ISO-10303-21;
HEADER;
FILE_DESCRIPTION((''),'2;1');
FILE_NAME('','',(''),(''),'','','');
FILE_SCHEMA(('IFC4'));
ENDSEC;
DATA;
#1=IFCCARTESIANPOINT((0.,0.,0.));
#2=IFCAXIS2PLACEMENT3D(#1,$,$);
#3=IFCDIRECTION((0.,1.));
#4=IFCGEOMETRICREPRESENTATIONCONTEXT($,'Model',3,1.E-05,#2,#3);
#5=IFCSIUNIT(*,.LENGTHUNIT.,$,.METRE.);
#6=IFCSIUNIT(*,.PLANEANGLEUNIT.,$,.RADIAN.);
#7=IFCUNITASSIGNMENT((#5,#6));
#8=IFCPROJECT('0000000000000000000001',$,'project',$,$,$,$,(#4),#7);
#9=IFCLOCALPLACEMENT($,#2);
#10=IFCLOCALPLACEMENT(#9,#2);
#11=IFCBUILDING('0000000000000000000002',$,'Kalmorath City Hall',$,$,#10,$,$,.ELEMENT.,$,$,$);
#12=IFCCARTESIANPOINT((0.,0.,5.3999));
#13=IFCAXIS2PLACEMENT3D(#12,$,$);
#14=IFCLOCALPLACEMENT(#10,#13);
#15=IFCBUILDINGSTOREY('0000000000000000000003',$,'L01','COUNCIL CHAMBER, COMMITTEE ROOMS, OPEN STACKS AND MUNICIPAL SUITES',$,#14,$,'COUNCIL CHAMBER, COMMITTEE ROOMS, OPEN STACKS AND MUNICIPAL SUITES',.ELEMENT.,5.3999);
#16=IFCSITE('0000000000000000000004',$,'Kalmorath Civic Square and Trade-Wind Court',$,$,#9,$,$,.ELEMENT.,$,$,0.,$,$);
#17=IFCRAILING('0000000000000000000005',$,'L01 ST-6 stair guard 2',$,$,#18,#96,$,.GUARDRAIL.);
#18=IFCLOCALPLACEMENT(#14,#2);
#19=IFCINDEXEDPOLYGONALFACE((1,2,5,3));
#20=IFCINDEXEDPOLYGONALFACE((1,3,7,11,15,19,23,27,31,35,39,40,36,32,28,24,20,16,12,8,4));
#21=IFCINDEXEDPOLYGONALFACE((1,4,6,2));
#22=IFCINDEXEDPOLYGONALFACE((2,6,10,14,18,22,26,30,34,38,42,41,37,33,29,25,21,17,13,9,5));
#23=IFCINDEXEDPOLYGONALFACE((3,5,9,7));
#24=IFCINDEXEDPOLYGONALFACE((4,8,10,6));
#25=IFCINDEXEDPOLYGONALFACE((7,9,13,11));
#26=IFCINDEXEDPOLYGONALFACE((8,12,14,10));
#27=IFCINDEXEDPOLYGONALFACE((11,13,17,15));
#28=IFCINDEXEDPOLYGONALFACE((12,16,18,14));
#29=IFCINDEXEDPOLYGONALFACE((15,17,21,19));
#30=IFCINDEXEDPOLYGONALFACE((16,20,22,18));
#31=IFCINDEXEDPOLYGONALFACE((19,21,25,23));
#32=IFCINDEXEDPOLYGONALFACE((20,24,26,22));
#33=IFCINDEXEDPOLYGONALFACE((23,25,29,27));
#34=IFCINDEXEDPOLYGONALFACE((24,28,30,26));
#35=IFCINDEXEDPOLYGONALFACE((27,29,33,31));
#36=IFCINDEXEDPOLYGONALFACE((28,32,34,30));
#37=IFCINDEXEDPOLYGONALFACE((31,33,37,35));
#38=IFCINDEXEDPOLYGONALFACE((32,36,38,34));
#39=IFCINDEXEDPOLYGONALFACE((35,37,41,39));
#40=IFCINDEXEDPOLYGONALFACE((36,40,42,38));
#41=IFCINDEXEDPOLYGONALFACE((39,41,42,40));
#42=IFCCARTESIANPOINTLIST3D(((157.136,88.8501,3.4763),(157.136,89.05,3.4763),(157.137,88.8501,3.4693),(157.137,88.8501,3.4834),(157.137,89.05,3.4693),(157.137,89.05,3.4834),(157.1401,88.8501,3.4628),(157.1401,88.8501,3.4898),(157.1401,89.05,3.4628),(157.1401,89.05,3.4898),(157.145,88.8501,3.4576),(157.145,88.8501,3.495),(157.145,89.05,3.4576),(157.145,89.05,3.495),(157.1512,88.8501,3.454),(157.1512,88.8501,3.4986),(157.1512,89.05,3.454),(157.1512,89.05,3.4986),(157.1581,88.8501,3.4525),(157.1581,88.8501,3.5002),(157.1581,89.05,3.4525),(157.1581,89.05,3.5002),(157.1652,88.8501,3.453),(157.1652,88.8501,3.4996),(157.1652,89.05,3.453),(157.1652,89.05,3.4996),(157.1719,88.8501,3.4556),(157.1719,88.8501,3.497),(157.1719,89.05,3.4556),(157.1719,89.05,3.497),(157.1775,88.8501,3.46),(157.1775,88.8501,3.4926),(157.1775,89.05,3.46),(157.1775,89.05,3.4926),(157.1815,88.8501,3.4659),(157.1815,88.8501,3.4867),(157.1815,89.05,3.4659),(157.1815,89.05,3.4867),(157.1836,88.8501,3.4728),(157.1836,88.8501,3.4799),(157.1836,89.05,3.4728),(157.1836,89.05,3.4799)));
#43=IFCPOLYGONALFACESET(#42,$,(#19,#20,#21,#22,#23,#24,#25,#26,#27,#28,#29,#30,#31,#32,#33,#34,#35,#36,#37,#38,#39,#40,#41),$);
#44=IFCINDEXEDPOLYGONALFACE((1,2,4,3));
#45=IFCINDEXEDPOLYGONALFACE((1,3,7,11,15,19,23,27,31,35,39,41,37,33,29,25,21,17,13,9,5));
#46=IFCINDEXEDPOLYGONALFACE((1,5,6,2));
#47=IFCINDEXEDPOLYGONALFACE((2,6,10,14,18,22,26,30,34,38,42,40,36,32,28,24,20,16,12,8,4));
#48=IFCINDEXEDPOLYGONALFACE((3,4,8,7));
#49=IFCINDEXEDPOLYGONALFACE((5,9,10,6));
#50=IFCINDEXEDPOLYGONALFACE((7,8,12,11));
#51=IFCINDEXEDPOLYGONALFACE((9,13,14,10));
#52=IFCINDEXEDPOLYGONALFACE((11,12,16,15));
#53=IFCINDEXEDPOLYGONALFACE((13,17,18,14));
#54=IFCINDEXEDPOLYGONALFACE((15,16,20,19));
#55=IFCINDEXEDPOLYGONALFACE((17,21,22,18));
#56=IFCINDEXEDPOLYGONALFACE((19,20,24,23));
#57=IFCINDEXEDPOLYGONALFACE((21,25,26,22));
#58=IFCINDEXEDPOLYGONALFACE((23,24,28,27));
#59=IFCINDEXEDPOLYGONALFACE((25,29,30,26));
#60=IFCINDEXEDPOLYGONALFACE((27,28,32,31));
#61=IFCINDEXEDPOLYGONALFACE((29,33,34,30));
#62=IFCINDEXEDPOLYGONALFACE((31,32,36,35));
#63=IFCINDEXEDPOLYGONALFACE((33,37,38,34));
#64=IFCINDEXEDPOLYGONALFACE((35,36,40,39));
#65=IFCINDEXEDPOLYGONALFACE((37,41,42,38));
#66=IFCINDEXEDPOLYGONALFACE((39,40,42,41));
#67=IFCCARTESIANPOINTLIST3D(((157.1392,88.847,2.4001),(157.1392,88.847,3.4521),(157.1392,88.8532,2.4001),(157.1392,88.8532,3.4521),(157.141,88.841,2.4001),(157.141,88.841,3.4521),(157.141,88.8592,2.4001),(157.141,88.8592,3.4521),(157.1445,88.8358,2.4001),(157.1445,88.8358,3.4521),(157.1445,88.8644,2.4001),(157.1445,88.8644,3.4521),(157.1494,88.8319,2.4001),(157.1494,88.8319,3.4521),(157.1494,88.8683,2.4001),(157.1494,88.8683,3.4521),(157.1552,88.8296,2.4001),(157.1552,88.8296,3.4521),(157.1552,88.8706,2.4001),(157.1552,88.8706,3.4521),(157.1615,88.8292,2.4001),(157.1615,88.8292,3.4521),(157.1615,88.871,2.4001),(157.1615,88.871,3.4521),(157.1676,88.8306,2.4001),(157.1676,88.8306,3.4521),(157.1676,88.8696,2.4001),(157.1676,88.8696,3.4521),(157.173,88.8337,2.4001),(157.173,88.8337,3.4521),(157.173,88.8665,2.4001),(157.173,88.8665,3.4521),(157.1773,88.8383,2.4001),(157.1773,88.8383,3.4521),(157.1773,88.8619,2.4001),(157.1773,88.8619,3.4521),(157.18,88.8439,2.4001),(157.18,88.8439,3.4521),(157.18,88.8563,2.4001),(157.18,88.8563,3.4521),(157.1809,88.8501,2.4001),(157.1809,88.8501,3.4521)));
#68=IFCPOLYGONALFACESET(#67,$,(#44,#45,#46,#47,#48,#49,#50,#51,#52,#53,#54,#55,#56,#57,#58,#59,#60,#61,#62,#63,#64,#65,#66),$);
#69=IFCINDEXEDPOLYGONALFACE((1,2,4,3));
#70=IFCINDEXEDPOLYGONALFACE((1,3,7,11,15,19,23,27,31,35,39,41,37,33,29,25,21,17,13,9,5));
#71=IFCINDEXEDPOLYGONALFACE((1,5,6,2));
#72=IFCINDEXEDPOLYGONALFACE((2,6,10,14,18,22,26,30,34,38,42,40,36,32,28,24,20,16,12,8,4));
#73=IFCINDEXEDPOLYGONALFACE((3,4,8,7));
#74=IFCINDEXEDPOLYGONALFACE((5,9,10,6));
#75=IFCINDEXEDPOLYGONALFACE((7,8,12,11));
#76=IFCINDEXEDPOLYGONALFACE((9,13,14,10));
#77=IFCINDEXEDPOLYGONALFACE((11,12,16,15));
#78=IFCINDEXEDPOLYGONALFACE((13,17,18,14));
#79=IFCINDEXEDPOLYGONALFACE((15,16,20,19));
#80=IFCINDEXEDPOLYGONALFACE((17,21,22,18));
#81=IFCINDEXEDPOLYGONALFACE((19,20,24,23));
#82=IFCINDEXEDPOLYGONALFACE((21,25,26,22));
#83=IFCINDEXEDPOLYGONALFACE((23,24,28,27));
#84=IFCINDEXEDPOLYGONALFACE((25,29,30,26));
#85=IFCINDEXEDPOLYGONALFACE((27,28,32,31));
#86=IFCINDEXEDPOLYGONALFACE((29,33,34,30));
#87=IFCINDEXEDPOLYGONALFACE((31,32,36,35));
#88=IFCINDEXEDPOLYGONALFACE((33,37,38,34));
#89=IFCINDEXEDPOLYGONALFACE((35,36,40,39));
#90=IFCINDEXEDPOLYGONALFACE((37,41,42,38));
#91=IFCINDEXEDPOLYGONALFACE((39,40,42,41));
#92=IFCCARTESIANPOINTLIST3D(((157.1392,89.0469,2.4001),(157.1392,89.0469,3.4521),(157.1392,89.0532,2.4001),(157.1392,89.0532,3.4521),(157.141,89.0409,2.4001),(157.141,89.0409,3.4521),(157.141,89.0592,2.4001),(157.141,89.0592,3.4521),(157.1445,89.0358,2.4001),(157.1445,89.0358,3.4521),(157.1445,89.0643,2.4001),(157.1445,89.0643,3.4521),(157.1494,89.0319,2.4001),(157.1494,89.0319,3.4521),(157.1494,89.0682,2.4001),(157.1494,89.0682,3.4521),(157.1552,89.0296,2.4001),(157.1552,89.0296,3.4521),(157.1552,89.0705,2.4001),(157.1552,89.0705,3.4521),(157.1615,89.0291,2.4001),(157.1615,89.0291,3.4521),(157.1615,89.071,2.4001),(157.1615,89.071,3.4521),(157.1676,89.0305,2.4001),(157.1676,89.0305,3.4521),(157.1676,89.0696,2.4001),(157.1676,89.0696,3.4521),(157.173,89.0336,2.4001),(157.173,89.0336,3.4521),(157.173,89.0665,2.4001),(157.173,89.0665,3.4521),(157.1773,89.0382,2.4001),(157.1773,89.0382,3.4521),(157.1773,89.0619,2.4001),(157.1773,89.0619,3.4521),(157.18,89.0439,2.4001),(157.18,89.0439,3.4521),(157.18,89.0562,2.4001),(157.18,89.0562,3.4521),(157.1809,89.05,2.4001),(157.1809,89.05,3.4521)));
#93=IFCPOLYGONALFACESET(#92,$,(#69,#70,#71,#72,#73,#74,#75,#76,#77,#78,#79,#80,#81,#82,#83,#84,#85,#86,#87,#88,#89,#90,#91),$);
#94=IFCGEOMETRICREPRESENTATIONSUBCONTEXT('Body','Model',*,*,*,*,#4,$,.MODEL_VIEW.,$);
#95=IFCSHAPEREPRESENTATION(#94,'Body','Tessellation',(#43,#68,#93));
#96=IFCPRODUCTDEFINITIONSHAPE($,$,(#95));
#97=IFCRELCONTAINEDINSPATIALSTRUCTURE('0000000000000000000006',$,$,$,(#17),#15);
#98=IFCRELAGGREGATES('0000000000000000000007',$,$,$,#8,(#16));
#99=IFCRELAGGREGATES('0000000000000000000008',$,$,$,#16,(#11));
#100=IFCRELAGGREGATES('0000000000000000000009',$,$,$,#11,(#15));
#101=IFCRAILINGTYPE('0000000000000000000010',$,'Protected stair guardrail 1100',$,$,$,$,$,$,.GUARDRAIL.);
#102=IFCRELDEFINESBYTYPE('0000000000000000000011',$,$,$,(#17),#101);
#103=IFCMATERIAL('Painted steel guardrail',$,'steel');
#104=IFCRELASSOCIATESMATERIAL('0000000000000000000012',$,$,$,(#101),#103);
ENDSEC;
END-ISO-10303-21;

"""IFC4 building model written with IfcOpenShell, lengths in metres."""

from ifc_helpers import new_model, si_unit, direction, frame, origin, origin_2d, place, context, subcontext, project, spatial, circle, extrude, material, type_object, element, save


model = new_model("IFC4")

# Units and contexts
model_context = context("Model", 3, precision=1e-05, world=origin(), true_north=direction((0.0, 1.0)))
body_context = subcontext(model_context, "Body", "Model", "MODEL_VIEW")
ifc_project = project(units=[si_unit("LENGTHUNIT", "METRE"), si_unit("PLANEANGLEUNIT", "RADIAN")], contexts=[model_context])

# Site, building, storey
site_placement = place(None, origin())
site = spatial("IfcSite", under=ifc_project, at=site_placement, Name="Kalmorath Civic Square and Trade-Wind Court", CompositionType="ELEMENT", RefElevation=0.0)
building_placement = place(site_placement, origin())
building = spatial("IfcBuilding", under=site, at=building_placement, Name="Kalmorath City Hall", CompositionType="ELEMENT")
storey_placement = place(building_placement, frame((0.0, 0.0, 5.3999)))
storey = spatial("IfcBuildingStorey", under=building, at=storey_placement, Name="L01", Description="COUNCIL CHAMBER, COMMITTEE ROOMS, OPEN STACKS AND MUNICIPAL SUITES", LongName="COUNCIL CHAMBER, COMMITTEE ROOMS, OPEN STACKS AND MUNICIPAL SUITES", CompositionType="ELEMENT", Elevation=5.3999)

# Railing
ifc_material_1 = material(Name="Painted steel guardrail", Category="steel")
railing_type_1 = type_object("IfcRailingType", Name="Protected stair guardrail 1100", PredefinedType="GUARDRAIL", material=ifc_material_1)
railing_1_placement = place(storey_placement, frame((157.1599, 88.8501, 2.4001)))
element("IfcRailing", 1, at=railing_1_placement, inside=storey, type_object=railing_type_1, Name="L01 ST-6 stair guard 2", PredefinedType="GUARDRAIL", context=body_context, shape_type="SweptSolid", body=[
    extrude(circle(Radius=0.0239, at=origin_2d()), frame((0.0, 0.0, 1.0762), z_axis=(0.0, 1.0, 0.0), x_axis=(-1.0, 0.0, 0.0)), (0.0, 0.0, 1.0), 0.2),
    extrude(circle(Radius=0.021, at=origin_2d()), origin(), (0.0, 0.0, 1.0), 1.052),
    extrude(circle(Radius=0.021, at=origin_2d()), frame((0.0, 0.2, 0.0)), (0.0, 0.0, 1.0), 1.052),
])

save(model, "model.ifc")
